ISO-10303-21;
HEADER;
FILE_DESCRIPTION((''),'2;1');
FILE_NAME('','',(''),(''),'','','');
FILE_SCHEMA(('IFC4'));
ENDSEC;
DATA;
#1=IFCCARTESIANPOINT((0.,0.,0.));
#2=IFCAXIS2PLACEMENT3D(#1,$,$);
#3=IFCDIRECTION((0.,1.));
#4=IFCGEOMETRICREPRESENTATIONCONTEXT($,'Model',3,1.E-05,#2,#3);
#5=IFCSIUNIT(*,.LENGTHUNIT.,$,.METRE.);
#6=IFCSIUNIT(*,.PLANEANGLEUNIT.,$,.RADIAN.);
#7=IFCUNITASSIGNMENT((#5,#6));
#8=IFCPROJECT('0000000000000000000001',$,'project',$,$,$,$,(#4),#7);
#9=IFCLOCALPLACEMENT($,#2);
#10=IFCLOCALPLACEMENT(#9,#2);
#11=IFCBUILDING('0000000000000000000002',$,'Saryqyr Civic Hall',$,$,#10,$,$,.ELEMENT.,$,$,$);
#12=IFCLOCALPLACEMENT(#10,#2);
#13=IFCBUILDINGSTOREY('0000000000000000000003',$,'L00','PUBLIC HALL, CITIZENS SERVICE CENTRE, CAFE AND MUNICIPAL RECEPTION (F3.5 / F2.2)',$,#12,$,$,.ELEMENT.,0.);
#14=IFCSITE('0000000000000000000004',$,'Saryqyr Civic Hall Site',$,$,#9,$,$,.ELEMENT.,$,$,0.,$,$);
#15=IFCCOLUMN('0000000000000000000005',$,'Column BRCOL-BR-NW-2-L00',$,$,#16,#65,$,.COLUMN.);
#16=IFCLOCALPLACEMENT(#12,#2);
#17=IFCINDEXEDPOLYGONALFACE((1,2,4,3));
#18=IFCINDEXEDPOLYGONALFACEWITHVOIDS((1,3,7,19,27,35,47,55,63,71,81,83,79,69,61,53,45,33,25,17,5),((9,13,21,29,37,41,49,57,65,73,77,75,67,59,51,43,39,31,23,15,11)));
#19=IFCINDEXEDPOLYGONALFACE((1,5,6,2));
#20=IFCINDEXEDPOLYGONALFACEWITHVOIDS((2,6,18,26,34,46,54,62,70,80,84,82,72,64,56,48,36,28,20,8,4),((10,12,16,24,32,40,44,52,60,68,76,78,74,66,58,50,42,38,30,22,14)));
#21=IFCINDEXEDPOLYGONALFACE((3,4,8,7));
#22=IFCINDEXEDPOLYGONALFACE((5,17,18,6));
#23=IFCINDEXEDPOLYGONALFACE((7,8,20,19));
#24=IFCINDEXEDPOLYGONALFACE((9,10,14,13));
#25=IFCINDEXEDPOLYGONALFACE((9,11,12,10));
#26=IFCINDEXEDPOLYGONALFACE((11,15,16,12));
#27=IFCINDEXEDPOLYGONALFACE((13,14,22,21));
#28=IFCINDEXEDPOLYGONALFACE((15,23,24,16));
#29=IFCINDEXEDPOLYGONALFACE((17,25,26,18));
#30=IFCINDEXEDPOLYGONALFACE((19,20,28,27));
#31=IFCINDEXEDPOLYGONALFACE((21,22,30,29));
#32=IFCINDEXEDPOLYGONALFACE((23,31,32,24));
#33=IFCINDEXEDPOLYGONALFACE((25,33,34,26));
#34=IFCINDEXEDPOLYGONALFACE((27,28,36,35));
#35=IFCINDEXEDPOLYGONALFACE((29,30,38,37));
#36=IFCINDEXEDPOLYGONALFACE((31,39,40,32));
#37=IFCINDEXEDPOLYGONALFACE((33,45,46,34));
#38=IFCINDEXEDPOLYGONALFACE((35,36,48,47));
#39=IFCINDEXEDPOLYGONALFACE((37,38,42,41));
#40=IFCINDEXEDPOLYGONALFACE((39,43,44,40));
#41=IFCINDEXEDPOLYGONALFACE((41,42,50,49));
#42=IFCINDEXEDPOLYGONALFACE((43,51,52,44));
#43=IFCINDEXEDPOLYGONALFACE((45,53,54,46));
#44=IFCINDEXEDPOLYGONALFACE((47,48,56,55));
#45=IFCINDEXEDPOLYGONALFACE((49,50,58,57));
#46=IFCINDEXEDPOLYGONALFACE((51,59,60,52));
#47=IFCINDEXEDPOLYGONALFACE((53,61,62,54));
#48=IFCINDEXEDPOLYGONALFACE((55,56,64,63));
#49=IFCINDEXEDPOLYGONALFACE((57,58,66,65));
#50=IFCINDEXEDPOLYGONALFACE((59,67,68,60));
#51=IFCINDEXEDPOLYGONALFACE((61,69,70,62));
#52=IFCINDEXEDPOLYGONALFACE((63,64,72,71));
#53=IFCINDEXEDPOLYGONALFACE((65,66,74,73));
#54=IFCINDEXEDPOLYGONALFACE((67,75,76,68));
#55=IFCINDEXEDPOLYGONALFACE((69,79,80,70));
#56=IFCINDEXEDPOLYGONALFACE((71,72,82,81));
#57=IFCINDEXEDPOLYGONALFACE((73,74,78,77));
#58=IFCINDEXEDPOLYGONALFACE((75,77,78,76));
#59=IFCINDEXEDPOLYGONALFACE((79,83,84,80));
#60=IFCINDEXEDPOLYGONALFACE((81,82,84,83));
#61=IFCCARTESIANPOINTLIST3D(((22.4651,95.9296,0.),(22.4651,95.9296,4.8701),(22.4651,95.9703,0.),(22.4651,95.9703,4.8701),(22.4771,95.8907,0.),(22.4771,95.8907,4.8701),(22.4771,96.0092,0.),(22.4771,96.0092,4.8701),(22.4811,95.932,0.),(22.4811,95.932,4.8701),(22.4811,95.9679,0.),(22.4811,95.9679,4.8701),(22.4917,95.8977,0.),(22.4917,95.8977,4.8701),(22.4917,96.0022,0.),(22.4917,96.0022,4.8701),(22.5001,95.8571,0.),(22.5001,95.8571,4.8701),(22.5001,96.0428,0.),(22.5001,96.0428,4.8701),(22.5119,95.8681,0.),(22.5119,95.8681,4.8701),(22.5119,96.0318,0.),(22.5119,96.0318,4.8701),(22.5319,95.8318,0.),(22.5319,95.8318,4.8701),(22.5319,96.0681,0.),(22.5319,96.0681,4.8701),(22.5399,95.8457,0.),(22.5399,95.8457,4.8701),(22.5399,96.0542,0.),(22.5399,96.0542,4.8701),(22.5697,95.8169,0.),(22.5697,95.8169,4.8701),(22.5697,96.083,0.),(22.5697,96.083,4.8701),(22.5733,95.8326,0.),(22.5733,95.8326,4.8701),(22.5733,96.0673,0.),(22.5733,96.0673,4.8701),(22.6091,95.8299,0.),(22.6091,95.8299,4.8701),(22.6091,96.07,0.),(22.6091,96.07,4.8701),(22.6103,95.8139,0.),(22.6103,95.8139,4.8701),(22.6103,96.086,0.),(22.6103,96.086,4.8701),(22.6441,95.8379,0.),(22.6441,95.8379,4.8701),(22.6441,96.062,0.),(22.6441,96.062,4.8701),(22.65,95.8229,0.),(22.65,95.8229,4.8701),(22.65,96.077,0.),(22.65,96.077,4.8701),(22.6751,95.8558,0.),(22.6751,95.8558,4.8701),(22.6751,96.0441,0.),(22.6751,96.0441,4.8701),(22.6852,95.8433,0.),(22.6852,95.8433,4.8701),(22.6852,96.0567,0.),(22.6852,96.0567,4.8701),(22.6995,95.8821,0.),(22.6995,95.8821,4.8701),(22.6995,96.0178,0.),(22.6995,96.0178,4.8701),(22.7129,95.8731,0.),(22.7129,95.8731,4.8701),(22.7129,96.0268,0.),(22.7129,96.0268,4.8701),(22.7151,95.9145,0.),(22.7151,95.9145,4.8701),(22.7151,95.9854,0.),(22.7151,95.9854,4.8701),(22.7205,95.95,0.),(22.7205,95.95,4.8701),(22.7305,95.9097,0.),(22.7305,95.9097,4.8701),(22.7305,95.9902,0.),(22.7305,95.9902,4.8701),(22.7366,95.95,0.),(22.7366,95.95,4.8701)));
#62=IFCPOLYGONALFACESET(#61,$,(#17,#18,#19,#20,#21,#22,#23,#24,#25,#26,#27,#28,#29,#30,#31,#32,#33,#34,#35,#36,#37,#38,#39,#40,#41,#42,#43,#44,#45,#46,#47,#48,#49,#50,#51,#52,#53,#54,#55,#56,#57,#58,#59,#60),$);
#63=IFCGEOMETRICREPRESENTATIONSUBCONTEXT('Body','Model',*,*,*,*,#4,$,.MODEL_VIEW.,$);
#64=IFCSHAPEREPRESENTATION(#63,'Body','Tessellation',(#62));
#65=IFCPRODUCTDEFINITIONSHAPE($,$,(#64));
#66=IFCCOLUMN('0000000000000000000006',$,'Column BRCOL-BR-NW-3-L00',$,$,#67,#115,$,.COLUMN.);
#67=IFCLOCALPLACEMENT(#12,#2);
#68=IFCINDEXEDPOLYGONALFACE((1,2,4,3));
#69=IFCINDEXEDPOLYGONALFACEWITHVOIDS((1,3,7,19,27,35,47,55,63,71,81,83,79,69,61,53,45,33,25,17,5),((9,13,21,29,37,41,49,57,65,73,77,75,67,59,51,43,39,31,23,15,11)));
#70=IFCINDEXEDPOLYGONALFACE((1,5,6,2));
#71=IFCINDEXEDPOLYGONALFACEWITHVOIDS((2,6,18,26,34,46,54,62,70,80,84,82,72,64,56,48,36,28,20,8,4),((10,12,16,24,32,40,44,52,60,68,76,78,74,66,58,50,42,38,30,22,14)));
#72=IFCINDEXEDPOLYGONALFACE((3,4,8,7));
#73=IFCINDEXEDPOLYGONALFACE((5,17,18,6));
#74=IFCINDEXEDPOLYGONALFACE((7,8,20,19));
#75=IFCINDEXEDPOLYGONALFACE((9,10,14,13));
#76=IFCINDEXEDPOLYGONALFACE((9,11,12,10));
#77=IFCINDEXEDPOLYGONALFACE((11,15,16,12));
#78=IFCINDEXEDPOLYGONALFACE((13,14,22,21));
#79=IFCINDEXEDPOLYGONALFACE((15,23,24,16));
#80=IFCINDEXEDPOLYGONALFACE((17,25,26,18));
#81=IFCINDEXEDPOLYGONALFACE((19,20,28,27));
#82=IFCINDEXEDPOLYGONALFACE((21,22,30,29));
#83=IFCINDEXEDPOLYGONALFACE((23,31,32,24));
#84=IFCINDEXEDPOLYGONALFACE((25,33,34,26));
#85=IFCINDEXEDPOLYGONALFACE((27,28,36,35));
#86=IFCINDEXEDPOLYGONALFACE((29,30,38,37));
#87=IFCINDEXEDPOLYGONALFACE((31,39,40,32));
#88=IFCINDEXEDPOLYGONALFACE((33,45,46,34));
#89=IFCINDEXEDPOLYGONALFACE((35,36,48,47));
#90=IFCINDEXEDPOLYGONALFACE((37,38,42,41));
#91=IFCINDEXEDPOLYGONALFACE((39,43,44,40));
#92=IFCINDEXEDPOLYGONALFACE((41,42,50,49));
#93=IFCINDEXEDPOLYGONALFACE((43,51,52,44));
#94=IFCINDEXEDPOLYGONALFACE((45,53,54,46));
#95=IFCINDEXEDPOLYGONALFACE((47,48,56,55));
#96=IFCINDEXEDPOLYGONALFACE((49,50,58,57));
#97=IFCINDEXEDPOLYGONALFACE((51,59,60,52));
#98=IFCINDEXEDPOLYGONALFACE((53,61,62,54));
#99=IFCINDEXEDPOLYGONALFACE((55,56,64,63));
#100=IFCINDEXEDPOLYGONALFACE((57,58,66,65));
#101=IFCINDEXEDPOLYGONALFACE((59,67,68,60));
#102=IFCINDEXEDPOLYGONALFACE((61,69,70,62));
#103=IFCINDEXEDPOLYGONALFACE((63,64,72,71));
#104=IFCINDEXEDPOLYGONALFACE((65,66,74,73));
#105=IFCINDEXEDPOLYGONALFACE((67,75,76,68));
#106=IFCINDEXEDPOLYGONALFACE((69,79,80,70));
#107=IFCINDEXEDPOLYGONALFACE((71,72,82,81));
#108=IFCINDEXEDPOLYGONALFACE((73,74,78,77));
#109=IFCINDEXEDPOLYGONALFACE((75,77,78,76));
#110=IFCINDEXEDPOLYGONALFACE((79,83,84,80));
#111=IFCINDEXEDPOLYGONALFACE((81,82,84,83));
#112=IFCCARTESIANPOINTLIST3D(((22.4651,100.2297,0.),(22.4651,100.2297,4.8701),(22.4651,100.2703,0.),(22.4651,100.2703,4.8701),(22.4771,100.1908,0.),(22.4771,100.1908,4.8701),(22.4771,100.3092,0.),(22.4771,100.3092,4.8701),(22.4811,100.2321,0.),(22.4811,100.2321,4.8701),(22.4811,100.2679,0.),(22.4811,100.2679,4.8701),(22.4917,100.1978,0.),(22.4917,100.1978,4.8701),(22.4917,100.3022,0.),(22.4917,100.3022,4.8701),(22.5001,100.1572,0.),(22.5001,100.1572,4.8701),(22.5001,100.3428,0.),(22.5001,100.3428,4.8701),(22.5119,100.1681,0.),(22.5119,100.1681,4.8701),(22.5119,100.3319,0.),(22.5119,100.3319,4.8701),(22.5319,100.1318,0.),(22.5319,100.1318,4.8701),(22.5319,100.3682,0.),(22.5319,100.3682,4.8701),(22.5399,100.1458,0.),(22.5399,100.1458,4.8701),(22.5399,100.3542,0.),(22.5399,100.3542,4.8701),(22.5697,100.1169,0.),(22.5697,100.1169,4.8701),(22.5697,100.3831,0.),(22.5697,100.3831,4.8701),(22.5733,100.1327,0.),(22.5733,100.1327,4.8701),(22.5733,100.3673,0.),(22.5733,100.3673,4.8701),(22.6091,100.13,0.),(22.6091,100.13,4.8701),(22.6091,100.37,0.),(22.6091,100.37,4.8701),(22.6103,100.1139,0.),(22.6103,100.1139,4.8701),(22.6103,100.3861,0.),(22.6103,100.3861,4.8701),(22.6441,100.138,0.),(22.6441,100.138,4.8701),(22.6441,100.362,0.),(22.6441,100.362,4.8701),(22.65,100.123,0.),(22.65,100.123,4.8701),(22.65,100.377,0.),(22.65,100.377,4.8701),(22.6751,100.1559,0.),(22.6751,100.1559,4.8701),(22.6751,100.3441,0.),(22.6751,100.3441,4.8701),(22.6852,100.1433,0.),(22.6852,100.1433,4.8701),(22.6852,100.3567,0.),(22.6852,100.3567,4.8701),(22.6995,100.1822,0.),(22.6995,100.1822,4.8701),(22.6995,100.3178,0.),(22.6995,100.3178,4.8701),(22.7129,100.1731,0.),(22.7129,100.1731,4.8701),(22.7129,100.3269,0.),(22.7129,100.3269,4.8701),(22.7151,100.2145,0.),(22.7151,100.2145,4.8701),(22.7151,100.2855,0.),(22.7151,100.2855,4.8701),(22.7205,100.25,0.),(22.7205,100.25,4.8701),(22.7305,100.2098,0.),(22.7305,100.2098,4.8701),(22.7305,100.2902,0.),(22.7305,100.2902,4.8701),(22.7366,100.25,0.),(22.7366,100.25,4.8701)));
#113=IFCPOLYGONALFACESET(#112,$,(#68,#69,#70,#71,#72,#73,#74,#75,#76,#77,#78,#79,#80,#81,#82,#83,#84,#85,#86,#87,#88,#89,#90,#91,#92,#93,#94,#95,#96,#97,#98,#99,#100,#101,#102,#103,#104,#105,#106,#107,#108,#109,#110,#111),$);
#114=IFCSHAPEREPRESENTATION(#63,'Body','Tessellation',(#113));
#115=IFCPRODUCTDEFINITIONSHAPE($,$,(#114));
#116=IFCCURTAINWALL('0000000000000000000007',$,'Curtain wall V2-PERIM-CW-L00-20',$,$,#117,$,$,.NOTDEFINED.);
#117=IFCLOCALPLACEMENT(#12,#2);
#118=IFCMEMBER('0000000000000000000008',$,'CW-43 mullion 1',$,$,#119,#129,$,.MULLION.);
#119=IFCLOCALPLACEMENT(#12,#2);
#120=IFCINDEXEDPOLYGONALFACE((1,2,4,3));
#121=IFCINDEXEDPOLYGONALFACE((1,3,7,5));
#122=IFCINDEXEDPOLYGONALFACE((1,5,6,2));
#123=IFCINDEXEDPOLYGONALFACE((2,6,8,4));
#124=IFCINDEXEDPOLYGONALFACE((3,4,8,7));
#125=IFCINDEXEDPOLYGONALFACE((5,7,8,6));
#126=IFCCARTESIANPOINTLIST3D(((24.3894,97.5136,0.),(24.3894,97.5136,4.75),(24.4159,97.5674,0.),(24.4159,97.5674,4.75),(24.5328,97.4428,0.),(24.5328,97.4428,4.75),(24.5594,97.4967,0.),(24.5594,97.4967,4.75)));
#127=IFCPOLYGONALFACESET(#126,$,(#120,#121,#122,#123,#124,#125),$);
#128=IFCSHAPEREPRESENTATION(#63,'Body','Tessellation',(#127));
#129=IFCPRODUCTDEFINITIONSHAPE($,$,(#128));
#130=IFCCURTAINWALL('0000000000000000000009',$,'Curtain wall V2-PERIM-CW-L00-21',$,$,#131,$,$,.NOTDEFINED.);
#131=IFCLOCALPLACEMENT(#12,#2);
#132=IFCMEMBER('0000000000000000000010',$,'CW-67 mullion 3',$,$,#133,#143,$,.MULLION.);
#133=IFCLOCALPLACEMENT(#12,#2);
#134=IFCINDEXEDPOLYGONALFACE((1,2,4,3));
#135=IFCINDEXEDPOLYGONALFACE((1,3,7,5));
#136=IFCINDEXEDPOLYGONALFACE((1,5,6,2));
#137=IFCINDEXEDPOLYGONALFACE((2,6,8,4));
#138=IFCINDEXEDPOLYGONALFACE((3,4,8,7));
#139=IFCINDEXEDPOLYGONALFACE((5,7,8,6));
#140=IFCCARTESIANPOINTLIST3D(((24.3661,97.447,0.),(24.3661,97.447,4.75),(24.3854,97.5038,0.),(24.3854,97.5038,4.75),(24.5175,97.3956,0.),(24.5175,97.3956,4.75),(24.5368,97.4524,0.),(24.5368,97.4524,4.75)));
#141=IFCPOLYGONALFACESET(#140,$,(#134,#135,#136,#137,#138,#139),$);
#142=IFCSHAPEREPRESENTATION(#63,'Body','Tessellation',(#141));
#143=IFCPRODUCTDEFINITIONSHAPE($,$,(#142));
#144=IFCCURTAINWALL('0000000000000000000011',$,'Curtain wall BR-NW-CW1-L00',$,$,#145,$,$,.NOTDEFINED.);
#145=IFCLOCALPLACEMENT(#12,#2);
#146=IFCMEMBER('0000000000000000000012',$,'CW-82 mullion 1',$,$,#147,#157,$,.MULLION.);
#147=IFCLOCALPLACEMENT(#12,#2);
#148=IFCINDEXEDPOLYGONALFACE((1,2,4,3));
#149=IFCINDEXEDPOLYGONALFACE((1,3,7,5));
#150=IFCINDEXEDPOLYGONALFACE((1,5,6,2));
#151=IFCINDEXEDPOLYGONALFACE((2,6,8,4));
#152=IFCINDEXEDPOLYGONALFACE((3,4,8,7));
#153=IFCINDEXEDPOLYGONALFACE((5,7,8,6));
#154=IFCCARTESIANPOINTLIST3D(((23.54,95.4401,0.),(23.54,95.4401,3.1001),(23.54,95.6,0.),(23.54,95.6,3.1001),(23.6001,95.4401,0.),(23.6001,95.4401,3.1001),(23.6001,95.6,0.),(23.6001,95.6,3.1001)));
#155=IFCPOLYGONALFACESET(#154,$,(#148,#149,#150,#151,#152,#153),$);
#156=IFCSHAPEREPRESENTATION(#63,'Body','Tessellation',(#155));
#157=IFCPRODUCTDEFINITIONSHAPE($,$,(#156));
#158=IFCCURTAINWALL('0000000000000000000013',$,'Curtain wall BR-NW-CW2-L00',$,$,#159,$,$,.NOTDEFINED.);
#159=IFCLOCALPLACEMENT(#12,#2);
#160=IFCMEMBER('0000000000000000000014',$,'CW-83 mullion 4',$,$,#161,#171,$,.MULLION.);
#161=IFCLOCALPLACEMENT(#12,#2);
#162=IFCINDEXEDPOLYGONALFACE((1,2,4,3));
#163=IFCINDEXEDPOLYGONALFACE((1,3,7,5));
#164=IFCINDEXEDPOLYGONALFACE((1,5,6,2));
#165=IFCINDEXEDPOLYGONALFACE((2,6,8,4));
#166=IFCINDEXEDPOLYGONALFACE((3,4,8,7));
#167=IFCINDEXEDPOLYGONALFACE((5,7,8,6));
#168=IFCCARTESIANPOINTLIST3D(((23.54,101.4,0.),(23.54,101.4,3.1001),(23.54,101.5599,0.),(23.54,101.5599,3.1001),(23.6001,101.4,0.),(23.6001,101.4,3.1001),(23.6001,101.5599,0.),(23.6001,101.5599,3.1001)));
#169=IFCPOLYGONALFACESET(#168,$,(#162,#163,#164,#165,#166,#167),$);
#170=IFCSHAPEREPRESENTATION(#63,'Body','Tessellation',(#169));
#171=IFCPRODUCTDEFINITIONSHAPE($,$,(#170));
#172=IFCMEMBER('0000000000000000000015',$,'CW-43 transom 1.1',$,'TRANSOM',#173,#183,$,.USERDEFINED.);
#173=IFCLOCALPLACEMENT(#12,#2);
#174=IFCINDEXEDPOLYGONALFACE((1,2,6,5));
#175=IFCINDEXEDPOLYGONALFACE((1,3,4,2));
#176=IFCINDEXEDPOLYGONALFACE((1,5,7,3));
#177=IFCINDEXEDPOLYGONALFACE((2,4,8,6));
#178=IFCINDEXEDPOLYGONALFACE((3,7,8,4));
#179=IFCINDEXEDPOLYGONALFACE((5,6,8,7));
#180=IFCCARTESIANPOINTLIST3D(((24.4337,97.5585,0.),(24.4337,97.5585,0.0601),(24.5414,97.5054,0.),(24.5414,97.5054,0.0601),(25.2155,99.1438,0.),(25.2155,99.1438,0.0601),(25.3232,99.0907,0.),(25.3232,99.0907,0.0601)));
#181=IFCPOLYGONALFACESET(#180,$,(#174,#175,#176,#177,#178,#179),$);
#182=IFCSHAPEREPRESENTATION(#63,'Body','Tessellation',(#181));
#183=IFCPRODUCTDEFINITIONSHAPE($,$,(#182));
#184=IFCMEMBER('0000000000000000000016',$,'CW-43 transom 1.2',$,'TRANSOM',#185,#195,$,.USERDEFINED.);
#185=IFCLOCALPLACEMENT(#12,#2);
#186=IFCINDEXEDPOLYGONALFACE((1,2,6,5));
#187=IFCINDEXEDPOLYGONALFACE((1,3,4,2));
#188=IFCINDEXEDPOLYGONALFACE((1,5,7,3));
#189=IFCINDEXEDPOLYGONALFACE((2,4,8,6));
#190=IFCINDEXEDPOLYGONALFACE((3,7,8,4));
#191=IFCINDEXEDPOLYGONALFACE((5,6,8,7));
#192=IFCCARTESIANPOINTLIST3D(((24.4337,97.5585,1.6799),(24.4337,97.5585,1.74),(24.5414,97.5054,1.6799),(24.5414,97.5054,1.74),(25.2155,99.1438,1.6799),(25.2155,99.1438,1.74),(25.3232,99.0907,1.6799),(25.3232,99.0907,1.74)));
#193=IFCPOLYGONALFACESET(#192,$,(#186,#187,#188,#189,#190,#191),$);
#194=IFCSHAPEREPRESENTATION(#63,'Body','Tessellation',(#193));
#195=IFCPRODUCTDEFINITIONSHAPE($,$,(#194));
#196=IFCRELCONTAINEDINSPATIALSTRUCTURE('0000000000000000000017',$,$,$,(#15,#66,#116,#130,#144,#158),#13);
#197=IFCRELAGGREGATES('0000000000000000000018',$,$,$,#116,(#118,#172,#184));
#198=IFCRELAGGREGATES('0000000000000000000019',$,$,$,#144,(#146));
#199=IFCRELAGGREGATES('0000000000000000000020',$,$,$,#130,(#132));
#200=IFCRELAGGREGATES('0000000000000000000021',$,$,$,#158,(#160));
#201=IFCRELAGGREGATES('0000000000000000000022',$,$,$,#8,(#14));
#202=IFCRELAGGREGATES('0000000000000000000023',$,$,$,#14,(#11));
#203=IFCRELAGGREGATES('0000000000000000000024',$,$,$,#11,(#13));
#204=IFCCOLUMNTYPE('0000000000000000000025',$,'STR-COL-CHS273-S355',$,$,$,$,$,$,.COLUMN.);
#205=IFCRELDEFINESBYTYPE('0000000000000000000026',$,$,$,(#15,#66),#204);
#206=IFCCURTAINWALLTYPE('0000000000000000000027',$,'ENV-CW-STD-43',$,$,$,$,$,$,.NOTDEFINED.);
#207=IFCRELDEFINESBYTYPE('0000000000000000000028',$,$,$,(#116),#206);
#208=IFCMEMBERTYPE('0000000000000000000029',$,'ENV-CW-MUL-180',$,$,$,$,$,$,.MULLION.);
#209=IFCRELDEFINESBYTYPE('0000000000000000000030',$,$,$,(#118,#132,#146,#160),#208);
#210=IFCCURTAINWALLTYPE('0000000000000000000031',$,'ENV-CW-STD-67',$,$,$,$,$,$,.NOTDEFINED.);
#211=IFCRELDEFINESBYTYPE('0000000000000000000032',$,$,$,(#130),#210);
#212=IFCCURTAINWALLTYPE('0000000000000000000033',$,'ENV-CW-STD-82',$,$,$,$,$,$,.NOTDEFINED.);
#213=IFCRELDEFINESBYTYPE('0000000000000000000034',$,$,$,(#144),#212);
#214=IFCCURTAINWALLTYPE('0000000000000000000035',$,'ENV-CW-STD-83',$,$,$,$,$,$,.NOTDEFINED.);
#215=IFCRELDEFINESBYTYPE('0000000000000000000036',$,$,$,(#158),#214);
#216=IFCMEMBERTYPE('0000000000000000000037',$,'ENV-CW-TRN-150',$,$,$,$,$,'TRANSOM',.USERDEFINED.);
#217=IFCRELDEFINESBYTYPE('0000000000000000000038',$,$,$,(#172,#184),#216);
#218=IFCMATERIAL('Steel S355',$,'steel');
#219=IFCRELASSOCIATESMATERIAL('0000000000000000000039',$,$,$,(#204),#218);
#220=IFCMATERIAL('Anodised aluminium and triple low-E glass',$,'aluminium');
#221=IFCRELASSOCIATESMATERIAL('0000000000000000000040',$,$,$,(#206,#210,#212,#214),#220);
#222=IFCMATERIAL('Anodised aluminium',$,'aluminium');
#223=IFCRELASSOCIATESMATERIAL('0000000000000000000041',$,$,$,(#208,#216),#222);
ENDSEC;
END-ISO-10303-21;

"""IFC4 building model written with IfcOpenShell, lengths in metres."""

from ifc_helpers import new_model, si_unit, direction, frame, origin, origin_2d, place, context, subcontext, project, spatial, rectangle, hollow_circle, extrude, material, material_profile, profile_set, type_object, element, aggregate, save


model = new_model("IFC4")

# Units and contexts
model_context = context("Model", 3, precision=1e-05, world=origin(), true_north=direction((0.0, 1.0)))
body_context = subcontext(model_context, "Body", "Model", "MODEL_VIEW")
ifc_project = project(units=[si_unit("LENGTHUNIT", "METRE"), si_unit("PLANEANGLEUNIT", "RADIAN")], contexts=[model_context])

# Site, building, storey
site_placement = place(None, origin())
site = spatial("IfcSite", under=ifc_project, at=site_placement, Name="Saryqyr Civic Hall Site", CompositionType="ELEMENT", RefElevation=0.0)
building_placement = place(site_placement, origin())
building = spatial("IfcBuilding", under=site, at=building_placement, Name="Saryqyr Civic Hall", CompositionType="ELEMENT")
storey_placement = place(building_placement, origin())
storey = spatial("IfcBuildingStorey", under=building, at=storey_placement, Name="L00", Description="PUBLIC HALL, CITIZENS SERVICE CENTRE, CAFE AND MUNICIPAL RECEPTION (F3.5 / F2.2)", CompositionType="ELEMENT", Elevation=0.0)

# Columns
ifc_material_1 = material(Name="Steel S355", Category="steel")
ifc_material_profile_1 = material_profile(ifc_material_1, hollow_circle(Radius=0.1365, WallThickness=0.0161, at=origin_2d()), Name="CHS 273x16")
ifc_profile_set_1 = profile_set([ifc_material_profile_1], Name="Steel S355")
column_type = type_object("IfcColumnType", Name="STR-COL-CHS273-S355", PredefinedType="COLUMN", material=ifc_profile_set_1)
for number, where, z_axis, x_axis, name in (
    (1, (22.6001, 95.95, 0.0), (0.0, 0.0, 1.0), (1.0, 0.0, 0.0), "Column BRCOL-BR-NW-2-L00"),
    (2, (22.6001, 100.25, 0.0), (0.0, 0.0, 1.0), (1.0, 0.0, 0.0), "Column BRCOL-BR-NW-3-L00"),
):
    element("IfcColumn", number, at=place(storey_placement, frame(where, z_axis=z_axis, x_axis=x_axis)), inside=storey, type_object=column_type, Name=name, PredefinedType="COLUMN", context=body_context, shape_type="SweptSolid", body=[
        extrude(hollow_circle(Radius=0.1365, WallThickness=0.0161, at=origin_2d()), origin(), (0.0, 0.0, 1.0), 4.8701),
    ])

# Curtain walls, members
ifc_material_2 = material(Name="Anodised aluminium and triple low-E glass", Category="aluminium")
curtain_wall_type_1 = type_object("IfcCurtainWallType", Name="ENV-CW-STD-43", PredefinedType="NOTDEFINED", material=ifc_material_2)
curtain_wall_1_placement = place(storey_placement, origin())
curtain_wall_1 = element("IfcCurtainWall", 3, at=curtain_wall_1_placement, inside=storey, type_object=curtain_wall_type_1, Name="Curtain wall V2-PERIM-CW-L00-20", PredefinedType="NOTDEFINED")
ifc_material_3 = material(Name="Anodised aluminium", Category="aluminium")
ifc_material_profile_2 = material_profile(ifc_material_3, rectangle(XDim=0.0601, YDim=0.1599, at=origin_2d()), Name="ALU MULLION 60x160")
ifc_profile_set_2 = profile_set([ifc_material_profile_2], Name="Anodised aluminium")
member_type_1 = type_object("IfcMemberType", Name="ENV-CW-MUL-180", PredefinedType="MULLION", material=ifc_profile_set_2)
member_1_placement = place(storey_placement, frame((24.4744, 97.5051, 0.0), z_axis=(0.0, 0.0, 1.0), x_axis=(0.442286, 0.896874, 0.0)))
member_1 = element("IfcMember", 4, at=member_1_placement, type_object=member_type_1, Name="CW-43 mullion 1", PredefinedType="MULLION", context=body_context, shape_type="SweptSolid", body=[
    extrude(rectangle(XDim=0.0601, YDim=0.1599, at=origin_2d()), origin(), (0.0, 0.0, 1.0), 4.75),
])
curtain_wall_type_2 = type_object("IfcCurtainWallType", Name="ENV-CW-STD-67", PredefinedType="NOTDEFINED", material=ifc_material_2)
curtain_wall_2_placement = place(storey_placement, origin())
curtain_wall_2 = element("IfcCurtainWall", 5, at=curtain_wall_2_placement, inside=storey, type_object=curtain_wall_type_2, Name="Curtain wall V2-PERIM-CW-L00-21", PredefinedType="NOTDEFINED")
member_2_placement = place(storey_placement, frame((24.4514, 97.4497, 0.0), z_axis=(0.0, 0.0, 1.0), x_axis=(0.321445, 0.946928, 0.0)))
member_2 = element("IfcMember", 6, at=member_2_placement, type_object=member_type_1, Name="CW-67 mullion 3", PredefinedType="MULLION", context=body_context, shape_type="SweptSolid", body=[
    extrude(rectangle(XDim=0.0601, YDim=0.1599, at=origin_2d()), origin(), (0.0, 0.0, 1.0), 4.75),
])
curtain_wall_type_3 = type_object("IfcCurtainWallType", Name="ENV-CW-STD-82", PredefinedType="NOTDEFINED", material=ifc_material_2)
curtain_wall_3_placement = place(storey_placement, origin())
curtain_wall_3 = element("IfcCurtainWall", 7, at=curtain_wall_3_placement, inside=storey, type_object=curtain_wall_type_3, Name="Curtain wall BR-NW-CW1-L00", PredefinedType="NOTDEFINED")
member_3_placement = place(storey_placement, frame((23.5701, 95.52, 0.0), z_axis=(0.0, 0.0, 1.0), x_axis=(-1.0, 0.0, 0.0)))
member_3 = element("IfcMember", 8, at=member_3_placement, type_object=member_type_1, Name="CW-82 mullion 1", PredefinedType="MULLION", context=body_context, shape_type="SweptSolid", body=[
    extrude(rectangle(XDim=0.0601, YDim=0.1599, at=origin_2d()), origin(), (0.0, 0.0, 1.0), 3.1001),
])
curtain_wall_type_4 = type_object("IfcCurtainWallType", Name="ENV-CW-STD-83", PredefinedType="NOTDEFINED", material=ifc_material_2)
curtain_wall_4_placement = place(storey_placement, origin())
curtain_wall_4 = element("IfcCurtainWall", 9, at=curtain_wall_4_placement, inside=storey, type_object=curtain_wall_type_4, Name="Curtain wall BR-NW-CW2-L00", PredefinedType="NOTDEFINED")
member_4_placement = place(storey_placement, frame((23.5701, 101.48, 0.0), z_axis=(0.0, 0.0, 1.0), x_axis=(1.0, 0.0, 0.0)))
member_4 = element("IfcMember", 10, at=member_4_placement, type_object=member_type_1, Name="CW-83 mullion 4", PredefinedType="MULLION", context=body_context, shape_type="SweptSolid", body=[
    extrude(rectangle(XDim=0.0601, YDim=0.1599, at=origin_2d()), origin(), (0.0, 0.0, 1.0), 3.1001),
])

# Members
ifc_material_profile_3 = material_profile(ifc_material_3, rectangle(XDim=0.1201, YDim=0.0601, at=origin_2d()), Name="ALU TRANSOM 120x60")
ifc_profile_set_3 = profile_set([ifc_material_profile_3], Name="Anodised aluminium")
member_type_2 = type_object("IfcMemberType", Name="ENV-CW-TRN-150", ElementType="TRANSOM", PredefinedType="USERDEFINED", material=ifc_profile_set_3)
member_5_placement = place(storey_placement, frame((24.4875, 97.532, 0.03), z_axis=(0.442289, 0.896872, 0.0), x_axis=(-0.896872, 0.442289, 0.0)))
member_5 = element("IfcMember", 11, at=member_5_placement, type_object=member_type_2, Name="CW-43 transom 1.1", ObjectType="TRANSOM", PredefinedType="USERDEFINED", context=body_context, shape_type="SweptSolid", body=[
    extrude(rectangle(XDim=0.1201, YDim=0.0601, at=origin_2d()), origin(), (0.0, 0.0, 1.0), 1.7676),
])
member_6_placement = place(storey_placement, frame((24.4875, 97.532, 1.71), z_axis=(0.442289, 0.896872, 0.0), x_axis=(-0.896872, 0.442289, 0.0)))
member_6 = element("IfcMember", 12, at=member_6_placement, type_object=member_type_2, Name="CW-43 transom 1.2", ObjectType="TRANSOM", PredefinedType="USERDEFINED", context=body_context, shape_type="SweptSolid", body=[
    extrude(rectangle(XDim=0.1201, YDim=0.0601, at=origin_2d()), origin(), (0.0, 0.0, 1.0), 1.7676),
])
aggregate(curtain_wall_1, [member_1, member_5, member_6])
aggregate(curtain_wall_3, [member_3])

aggregate(curtain_wall_2, [member_2])
aggregate(curtain_wall_4, [member_4])

save(model, "model.ifc")
